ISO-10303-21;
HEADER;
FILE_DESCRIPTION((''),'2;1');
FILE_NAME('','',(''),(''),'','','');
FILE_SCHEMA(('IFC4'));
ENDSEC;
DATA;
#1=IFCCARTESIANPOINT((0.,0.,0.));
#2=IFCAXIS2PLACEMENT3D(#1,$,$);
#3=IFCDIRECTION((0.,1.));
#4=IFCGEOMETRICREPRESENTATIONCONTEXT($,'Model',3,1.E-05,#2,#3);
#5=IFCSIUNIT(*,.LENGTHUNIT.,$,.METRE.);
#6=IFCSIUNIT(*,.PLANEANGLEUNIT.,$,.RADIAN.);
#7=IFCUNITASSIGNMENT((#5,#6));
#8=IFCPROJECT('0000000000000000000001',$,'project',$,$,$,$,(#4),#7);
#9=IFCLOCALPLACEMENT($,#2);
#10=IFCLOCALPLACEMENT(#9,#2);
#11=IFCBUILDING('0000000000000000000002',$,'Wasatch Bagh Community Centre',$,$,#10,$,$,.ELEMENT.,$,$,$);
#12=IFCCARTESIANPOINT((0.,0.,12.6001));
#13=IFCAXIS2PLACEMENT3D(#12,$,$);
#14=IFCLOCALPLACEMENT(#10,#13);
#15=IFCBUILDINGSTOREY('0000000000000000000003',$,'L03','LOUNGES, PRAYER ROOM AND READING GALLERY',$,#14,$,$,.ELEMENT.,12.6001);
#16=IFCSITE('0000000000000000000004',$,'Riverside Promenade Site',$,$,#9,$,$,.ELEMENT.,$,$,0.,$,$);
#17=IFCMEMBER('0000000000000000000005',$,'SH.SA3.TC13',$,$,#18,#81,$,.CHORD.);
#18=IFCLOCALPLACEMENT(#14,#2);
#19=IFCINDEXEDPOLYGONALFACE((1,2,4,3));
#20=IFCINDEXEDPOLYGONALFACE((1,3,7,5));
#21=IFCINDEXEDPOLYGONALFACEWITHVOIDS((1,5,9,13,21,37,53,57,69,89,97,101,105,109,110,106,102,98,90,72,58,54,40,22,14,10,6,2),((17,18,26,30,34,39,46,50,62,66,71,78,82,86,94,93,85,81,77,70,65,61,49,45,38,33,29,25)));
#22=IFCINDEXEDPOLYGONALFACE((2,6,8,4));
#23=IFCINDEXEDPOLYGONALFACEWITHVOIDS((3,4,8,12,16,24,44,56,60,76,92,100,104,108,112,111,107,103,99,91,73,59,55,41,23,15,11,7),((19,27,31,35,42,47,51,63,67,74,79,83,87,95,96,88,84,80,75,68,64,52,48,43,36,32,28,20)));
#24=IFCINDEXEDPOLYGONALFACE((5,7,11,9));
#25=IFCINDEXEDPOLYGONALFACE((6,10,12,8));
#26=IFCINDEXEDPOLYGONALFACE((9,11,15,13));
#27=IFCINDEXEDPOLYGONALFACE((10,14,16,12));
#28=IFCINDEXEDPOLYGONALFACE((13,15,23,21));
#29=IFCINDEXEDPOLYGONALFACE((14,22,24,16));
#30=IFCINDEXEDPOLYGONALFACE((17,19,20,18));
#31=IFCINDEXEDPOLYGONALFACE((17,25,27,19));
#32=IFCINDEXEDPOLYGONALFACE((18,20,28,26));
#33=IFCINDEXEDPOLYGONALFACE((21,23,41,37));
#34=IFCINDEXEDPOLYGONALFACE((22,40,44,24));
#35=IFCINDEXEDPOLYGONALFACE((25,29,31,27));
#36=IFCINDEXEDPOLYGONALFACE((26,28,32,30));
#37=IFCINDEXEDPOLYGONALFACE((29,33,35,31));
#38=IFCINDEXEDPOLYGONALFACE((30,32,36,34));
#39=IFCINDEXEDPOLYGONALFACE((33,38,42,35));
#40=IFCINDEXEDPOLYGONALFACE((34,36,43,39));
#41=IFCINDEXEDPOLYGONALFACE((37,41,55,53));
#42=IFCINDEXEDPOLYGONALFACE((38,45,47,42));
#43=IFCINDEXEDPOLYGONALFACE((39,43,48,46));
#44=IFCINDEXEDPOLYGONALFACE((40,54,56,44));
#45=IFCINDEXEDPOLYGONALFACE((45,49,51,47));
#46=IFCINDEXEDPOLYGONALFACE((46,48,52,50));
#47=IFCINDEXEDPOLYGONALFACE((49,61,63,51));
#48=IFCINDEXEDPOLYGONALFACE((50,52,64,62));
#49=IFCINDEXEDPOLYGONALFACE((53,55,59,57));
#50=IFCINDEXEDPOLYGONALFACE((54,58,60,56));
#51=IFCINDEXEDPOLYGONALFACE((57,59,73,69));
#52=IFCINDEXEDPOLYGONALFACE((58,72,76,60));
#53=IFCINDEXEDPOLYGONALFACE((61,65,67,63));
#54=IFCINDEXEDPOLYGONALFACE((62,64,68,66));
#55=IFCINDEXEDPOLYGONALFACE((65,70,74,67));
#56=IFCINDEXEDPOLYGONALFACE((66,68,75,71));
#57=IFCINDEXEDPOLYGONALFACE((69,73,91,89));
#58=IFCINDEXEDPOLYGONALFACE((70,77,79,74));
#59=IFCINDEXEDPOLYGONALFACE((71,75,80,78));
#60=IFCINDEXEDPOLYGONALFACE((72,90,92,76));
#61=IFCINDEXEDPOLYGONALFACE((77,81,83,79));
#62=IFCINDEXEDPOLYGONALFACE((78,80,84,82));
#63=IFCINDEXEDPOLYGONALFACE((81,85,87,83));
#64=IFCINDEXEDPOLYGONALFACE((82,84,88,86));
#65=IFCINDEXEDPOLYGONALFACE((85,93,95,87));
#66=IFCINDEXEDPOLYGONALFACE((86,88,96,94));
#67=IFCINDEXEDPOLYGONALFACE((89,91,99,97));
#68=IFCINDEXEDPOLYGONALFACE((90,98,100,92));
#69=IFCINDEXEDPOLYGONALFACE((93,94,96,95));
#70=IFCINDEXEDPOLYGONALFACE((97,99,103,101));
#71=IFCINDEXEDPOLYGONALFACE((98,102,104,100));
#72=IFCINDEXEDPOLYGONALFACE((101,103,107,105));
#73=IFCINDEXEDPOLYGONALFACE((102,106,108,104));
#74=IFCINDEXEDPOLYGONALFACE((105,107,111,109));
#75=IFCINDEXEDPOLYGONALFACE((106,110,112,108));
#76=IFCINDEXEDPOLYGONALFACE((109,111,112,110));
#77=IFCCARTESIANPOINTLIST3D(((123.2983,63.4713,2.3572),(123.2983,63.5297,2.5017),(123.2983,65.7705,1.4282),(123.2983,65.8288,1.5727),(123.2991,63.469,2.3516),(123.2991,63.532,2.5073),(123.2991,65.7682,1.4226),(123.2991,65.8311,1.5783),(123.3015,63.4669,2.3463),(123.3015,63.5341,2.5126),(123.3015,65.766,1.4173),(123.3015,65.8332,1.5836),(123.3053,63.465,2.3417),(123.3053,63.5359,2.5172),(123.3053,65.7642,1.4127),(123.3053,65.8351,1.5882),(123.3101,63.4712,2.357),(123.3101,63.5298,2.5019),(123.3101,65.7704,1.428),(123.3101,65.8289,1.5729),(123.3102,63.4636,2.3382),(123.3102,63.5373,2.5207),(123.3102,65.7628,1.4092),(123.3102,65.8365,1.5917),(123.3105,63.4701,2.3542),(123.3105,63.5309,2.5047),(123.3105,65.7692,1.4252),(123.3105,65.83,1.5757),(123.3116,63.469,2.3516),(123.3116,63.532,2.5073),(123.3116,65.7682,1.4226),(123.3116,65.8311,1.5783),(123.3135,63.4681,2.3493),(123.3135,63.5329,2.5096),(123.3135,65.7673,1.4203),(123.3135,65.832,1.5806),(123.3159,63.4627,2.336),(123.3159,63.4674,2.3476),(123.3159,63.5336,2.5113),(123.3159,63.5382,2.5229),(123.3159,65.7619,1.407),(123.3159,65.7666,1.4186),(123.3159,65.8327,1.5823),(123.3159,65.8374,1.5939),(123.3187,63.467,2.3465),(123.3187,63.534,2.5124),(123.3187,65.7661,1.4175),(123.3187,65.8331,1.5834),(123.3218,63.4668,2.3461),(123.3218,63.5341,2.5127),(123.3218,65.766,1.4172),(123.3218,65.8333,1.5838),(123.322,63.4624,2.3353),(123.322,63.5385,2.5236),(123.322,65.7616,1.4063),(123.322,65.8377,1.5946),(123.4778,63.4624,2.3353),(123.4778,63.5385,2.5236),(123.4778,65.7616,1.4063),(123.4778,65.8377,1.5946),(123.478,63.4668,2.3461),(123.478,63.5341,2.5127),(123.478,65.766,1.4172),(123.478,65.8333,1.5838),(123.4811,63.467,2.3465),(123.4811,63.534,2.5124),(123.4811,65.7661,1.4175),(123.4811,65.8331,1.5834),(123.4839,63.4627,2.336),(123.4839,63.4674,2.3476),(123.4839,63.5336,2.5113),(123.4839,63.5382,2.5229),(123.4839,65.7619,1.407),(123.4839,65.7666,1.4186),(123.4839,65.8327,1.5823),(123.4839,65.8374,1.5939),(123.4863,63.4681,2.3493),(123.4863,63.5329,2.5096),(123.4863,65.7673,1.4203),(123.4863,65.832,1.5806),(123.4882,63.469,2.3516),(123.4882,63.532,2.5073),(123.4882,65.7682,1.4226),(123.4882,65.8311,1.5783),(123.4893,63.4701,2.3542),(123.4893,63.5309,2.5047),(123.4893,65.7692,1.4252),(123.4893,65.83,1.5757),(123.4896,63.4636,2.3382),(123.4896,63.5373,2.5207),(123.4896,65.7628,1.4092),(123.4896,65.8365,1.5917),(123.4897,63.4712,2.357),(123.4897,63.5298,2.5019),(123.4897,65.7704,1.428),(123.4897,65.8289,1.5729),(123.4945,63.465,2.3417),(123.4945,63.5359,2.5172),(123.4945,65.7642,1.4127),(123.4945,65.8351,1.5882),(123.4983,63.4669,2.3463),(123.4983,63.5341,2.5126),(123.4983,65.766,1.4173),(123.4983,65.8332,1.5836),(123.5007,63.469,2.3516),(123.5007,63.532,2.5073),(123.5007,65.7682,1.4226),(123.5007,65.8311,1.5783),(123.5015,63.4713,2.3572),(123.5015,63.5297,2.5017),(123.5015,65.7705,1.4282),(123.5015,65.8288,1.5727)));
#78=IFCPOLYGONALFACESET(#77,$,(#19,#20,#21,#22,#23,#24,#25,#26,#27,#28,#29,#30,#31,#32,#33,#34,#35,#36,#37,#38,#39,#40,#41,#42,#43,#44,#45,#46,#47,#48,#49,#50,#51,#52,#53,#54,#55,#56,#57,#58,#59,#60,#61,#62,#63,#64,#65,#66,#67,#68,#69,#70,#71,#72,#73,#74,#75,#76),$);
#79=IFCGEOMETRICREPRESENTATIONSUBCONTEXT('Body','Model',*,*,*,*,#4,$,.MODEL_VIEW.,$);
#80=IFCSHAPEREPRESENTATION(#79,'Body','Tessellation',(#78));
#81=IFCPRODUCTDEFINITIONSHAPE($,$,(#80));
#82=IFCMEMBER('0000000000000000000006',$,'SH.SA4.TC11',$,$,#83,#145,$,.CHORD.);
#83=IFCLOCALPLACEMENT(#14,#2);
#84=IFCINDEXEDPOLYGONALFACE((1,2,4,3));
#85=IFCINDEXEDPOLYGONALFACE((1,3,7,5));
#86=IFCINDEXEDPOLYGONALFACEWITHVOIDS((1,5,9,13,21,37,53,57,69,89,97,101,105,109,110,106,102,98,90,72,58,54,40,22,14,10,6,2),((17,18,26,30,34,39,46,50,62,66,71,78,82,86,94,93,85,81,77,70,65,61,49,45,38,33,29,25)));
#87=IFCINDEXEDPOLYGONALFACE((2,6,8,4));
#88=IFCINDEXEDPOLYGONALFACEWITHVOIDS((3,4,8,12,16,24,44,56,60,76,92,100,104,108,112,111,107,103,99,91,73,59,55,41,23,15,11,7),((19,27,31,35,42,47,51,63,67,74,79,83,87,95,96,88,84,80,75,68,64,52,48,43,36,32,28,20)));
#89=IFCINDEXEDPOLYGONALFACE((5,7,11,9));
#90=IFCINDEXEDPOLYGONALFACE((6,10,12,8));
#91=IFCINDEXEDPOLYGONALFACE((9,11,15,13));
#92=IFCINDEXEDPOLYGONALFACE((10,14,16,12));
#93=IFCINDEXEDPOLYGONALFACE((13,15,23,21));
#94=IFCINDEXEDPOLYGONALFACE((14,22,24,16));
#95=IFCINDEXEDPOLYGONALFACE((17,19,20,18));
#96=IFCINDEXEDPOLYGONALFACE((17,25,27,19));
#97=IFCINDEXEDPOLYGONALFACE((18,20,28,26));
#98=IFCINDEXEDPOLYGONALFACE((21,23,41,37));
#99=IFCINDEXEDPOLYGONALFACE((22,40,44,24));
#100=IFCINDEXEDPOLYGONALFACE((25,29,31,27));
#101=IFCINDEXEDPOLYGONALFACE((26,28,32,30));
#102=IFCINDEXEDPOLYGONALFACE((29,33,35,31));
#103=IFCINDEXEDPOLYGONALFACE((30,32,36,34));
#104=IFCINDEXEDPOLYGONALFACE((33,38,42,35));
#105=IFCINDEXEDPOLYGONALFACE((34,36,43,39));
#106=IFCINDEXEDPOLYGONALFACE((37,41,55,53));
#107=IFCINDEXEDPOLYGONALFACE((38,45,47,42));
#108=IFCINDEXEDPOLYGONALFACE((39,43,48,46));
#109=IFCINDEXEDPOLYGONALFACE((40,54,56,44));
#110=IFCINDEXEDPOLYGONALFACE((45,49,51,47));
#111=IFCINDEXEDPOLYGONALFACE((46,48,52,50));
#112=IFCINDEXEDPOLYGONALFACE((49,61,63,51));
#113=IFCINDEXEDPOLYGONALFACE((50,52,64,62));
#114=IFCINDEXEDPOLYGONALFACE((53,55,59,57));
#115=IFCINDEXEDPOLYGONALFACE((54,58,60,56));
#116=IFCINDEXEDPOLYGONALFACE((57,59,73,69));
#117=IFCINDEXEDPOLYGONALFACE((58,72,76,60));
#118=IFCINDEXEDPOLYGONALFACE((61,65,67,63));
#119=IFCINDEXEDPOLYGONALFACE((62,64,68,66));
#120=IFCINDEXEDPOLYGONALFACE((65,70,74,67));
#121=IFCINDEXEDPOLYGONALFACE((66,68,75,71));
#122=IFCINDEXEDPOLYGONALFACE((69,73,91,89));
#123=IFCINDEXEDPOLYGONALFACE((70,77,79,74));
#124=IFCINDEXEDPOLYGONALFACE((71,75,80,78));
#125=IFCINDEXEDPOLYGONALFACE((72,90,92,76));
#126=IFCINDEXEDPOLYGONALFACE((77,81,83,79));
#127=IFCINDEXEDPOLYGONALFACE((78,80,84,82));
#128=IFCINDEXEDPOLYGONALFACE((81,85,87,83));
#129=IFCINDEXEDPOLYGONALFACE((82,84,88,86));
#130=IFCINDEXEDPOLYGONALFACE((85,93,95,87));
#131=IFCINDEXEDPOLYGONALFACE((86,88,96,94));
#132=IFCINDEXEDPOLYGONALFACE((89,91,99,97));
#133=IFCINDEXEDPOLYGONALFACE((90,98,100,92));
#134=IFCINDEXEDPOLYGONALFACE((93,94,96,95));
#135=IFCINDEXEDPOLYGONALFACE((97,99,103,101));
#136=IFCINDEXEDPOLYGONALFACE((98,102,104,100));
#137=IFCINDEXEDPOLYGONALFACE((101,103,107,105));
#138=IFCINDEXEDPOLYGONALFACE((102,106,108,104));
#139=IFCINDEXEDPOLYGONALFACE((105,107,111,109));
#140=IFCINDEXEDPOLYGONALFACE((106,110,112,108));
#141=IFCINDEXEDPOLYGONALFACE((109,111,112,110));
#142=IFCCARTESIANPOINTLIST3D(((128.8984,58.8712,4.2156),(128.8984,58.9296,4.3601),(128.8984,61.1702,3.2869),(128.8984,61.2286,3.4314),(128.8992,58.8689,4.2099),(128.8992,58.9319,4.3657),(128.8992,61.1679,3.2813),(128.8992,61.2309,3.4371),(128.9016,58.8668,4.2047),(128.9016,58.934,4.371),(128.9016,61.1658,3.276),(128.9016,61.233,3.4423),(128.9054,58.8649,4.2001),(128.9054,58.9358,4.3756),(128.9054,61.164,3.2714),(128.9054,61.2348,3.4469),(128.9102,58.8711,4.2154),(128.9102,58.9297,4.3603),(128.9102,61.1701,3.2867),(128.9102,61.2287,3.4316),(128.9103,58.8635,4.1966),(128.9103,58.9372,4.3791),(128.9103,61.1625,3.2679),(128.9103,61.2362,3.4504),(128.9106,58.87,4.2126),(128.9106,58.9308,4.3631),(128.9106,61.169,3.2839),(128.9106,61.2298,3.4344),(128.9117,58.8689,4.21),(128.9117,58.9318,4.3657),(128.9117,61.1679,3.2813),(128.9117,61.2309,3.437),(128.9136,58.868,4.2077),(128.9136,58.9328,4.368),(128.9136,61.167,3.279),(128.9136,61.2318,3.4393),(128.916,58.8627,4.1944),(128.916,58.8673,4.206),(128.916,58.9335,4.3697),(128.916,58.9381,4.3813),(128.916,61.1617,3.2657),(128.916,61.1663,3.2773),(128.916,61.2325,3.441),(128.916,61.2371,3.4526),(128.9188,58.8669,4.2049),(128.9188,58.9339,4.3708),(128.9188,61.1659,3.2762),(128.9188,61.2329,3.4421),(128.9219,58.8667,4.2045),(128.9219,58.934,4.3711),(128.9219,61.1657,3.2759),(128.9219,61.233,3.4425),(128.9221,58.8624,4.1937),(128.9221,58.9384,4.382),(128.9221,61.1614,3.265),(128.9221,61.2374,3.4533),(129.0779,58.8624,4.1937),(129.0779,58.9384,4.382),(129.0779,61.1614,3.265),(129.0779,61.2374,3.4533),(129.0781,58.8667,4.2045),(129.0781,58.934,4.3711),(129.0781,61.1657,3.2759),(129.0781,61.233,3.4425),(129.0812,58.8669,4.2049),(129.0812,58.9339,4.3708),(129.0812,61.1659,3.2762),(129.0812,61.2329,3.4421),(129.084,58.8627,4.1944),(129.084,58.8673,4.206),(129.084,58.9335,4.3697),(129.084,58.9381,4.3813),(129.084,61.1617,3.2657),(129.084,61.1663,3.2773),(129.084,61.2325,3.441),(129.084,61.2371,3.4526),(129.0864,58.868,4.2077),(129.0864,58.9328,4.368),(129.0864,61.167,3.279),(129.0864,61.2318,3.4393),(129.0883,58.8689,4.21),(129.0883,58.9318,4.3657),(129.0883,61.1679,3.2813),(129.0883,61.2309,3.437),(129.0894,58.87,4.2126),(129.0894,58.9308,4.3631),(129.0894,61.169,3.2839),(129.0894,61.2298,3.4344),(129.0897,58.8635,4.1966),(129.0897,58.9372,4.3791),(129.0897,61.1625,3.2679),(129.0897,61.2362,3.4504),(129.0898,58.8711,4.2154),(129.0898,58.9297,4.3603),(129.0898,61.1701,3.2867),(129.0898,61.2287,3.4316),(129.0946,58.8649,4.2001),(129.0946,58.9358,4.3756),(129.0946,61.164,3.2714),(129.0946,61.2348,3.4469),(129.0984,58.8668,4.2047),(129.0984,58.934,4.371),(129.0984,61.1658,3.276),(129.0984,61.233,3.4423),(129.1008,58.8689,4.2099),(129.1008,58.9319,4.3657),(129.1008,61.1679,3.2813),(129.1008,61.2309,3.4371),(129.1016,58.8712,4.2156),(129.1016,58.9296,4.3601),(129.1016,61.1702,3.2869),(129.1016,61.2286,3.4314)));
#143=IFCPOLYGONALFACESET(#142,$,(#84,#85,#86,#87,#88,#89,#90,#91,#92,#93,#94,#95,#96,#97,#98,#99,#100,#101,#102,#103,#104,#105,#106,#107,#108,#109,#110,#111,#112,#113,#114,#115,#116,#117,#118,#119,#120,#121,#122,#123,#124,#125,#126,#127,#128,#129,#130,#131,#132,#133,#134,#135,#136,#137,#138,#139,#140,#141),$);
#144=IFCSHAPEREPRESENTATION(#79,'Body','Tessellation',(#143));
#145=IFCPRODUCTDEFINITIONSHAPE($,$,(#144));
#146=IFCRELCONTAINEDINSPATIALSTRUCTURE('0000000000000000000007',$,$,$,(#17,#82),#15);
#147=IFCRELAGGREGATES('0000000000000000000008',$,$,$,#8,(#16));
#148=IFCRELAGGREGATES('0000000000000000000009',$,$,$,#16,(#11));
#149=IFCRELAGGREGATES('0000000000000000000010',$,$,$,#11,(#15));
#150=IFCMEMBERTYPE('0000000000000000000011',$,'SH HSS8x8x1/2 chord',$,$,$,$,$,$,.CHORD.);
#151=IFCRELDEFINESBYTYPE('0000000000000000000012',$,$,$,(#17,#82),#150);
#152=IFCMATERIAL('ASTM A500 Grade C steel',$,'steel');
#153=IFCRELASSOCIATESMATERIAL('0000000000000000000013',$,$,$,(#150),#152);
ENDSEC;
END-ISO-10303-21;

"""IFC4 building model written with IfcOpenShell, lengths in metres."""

from ifc_helpers import new_model, si_unit, direction, frame, origin, origin_2d, place, context, subcontext, project, spatial, hollow_rectangle, extrude, material, material_profile, profile_set, type_object, element, save


model = new_model("IFC4")

# Units and contexts
model_context = context("Model", 3, precision=1e-05, world=origin(), true_north=direction((0.0, 1.0)))
body_context = subcontext(model_context, "Body", "Model", "MODEL_VIEW")
ifc_project = project(units=[si_unit("LENGTHUNIT", "METRE"), si_unit("PLANEANGLEUNIT", "RADIAN")], contexts=[model_context])

# Site, building, storey
site_placement = place(None, origin())
site = spatial("IfcSite", under=ifc_project, at=site_placement, Name="Riverside Promenade Site", CompositionType="ELEMENT", RefElevation=0.0)
building_placement = place(site_placement, origin())
building = spatial("IfcBuilding", under=site, at=building_placement, Name="Wasatch Bagh Community Centre", CompositionType="ELEMENT")
storey_placement = place(building_placement, frame((0.0, 0.0, 12.6001)))
storey = spatial("IfcBuildingStorey", under=building, at=storey_placement, Name="L03", Description="LOUNGES, PRAYER ROOM AND READING GALLERY", CompositionType="ELEMENT", Elevation=12.6001)

# Members
ifc_material_1 = material(Name="ASTM A500 Grade C steel", Category="steel")
ifc_material_profile_1 = material_profile(ifc_material_1, hollow_rectangle(XDim=0.2031, YDim=0.2031, WallThickness=0.0117, InnerFilletRadius=0.0117, OuterFilletRadius=0.0237, at=origin_2d()), Name="HSS8x8x1/2")
ifc_profile_set_1 = profile_set([ifc_material_profile_1], Name="ASTM A500 Grade C steel")
member_type_1 = type_object("IfcMemberType", Name="SH HSS8x8x1/2 chord", PredefinedType="CHORD", material=ifc_profile_set_1)
for number, where, z_axis, x_axis, name in (
    (1, (123.3999, 63.5005, 2.4294), (0.0, 0.927174, -0.374631), (-1.0, 0.0, 0.0), "SH.SA3.TC13"),
):
    element("IfcMember", number, at=place(storey_placement, frame(where, z_axis=z_axis, x_axis=x_axis)), inside=storey, type_object=member_type_1, Name=name, PredefinedType="CHORD", context=body_context, shape_type="SweptSolid", body=[
        extrude(hollow_rectangle(XDim=0.2031, YDim=0.2031, WallThickness=0.0117, InnerFilletRadius=0.0117, OuterFilletRadius=0.0237, at=origin_2d()), origin(), (0.0, 0.0, 1.0), 2.4797),
    ])
member_1_placement = place(storey_placement, frame((129.0, 58.9004, 4.2878), z_axis=(0.0, 0.927208, -0.374546), x_axis=(-1.0, 0.0, 0.0)))
element("IfcMember", 2, at=member_1_placement, inside=storey, type_object=member_type_1, Name="SH.SA4.TC11", PredefinedType="CHORD", context=body_context, shape_type="SweptSolid", body=[
    extrude(hollow_rectangle(XDim=0.2031, YDim=0.2031, WallThickness=0.0117, InnerFilletRadius=0.0117, OuterFilletRadius=0.0237, at=origin_2d()), origin(), (0.0, 0.0, 1.0), 2.4795),
])

save(model, "model.ifc")
